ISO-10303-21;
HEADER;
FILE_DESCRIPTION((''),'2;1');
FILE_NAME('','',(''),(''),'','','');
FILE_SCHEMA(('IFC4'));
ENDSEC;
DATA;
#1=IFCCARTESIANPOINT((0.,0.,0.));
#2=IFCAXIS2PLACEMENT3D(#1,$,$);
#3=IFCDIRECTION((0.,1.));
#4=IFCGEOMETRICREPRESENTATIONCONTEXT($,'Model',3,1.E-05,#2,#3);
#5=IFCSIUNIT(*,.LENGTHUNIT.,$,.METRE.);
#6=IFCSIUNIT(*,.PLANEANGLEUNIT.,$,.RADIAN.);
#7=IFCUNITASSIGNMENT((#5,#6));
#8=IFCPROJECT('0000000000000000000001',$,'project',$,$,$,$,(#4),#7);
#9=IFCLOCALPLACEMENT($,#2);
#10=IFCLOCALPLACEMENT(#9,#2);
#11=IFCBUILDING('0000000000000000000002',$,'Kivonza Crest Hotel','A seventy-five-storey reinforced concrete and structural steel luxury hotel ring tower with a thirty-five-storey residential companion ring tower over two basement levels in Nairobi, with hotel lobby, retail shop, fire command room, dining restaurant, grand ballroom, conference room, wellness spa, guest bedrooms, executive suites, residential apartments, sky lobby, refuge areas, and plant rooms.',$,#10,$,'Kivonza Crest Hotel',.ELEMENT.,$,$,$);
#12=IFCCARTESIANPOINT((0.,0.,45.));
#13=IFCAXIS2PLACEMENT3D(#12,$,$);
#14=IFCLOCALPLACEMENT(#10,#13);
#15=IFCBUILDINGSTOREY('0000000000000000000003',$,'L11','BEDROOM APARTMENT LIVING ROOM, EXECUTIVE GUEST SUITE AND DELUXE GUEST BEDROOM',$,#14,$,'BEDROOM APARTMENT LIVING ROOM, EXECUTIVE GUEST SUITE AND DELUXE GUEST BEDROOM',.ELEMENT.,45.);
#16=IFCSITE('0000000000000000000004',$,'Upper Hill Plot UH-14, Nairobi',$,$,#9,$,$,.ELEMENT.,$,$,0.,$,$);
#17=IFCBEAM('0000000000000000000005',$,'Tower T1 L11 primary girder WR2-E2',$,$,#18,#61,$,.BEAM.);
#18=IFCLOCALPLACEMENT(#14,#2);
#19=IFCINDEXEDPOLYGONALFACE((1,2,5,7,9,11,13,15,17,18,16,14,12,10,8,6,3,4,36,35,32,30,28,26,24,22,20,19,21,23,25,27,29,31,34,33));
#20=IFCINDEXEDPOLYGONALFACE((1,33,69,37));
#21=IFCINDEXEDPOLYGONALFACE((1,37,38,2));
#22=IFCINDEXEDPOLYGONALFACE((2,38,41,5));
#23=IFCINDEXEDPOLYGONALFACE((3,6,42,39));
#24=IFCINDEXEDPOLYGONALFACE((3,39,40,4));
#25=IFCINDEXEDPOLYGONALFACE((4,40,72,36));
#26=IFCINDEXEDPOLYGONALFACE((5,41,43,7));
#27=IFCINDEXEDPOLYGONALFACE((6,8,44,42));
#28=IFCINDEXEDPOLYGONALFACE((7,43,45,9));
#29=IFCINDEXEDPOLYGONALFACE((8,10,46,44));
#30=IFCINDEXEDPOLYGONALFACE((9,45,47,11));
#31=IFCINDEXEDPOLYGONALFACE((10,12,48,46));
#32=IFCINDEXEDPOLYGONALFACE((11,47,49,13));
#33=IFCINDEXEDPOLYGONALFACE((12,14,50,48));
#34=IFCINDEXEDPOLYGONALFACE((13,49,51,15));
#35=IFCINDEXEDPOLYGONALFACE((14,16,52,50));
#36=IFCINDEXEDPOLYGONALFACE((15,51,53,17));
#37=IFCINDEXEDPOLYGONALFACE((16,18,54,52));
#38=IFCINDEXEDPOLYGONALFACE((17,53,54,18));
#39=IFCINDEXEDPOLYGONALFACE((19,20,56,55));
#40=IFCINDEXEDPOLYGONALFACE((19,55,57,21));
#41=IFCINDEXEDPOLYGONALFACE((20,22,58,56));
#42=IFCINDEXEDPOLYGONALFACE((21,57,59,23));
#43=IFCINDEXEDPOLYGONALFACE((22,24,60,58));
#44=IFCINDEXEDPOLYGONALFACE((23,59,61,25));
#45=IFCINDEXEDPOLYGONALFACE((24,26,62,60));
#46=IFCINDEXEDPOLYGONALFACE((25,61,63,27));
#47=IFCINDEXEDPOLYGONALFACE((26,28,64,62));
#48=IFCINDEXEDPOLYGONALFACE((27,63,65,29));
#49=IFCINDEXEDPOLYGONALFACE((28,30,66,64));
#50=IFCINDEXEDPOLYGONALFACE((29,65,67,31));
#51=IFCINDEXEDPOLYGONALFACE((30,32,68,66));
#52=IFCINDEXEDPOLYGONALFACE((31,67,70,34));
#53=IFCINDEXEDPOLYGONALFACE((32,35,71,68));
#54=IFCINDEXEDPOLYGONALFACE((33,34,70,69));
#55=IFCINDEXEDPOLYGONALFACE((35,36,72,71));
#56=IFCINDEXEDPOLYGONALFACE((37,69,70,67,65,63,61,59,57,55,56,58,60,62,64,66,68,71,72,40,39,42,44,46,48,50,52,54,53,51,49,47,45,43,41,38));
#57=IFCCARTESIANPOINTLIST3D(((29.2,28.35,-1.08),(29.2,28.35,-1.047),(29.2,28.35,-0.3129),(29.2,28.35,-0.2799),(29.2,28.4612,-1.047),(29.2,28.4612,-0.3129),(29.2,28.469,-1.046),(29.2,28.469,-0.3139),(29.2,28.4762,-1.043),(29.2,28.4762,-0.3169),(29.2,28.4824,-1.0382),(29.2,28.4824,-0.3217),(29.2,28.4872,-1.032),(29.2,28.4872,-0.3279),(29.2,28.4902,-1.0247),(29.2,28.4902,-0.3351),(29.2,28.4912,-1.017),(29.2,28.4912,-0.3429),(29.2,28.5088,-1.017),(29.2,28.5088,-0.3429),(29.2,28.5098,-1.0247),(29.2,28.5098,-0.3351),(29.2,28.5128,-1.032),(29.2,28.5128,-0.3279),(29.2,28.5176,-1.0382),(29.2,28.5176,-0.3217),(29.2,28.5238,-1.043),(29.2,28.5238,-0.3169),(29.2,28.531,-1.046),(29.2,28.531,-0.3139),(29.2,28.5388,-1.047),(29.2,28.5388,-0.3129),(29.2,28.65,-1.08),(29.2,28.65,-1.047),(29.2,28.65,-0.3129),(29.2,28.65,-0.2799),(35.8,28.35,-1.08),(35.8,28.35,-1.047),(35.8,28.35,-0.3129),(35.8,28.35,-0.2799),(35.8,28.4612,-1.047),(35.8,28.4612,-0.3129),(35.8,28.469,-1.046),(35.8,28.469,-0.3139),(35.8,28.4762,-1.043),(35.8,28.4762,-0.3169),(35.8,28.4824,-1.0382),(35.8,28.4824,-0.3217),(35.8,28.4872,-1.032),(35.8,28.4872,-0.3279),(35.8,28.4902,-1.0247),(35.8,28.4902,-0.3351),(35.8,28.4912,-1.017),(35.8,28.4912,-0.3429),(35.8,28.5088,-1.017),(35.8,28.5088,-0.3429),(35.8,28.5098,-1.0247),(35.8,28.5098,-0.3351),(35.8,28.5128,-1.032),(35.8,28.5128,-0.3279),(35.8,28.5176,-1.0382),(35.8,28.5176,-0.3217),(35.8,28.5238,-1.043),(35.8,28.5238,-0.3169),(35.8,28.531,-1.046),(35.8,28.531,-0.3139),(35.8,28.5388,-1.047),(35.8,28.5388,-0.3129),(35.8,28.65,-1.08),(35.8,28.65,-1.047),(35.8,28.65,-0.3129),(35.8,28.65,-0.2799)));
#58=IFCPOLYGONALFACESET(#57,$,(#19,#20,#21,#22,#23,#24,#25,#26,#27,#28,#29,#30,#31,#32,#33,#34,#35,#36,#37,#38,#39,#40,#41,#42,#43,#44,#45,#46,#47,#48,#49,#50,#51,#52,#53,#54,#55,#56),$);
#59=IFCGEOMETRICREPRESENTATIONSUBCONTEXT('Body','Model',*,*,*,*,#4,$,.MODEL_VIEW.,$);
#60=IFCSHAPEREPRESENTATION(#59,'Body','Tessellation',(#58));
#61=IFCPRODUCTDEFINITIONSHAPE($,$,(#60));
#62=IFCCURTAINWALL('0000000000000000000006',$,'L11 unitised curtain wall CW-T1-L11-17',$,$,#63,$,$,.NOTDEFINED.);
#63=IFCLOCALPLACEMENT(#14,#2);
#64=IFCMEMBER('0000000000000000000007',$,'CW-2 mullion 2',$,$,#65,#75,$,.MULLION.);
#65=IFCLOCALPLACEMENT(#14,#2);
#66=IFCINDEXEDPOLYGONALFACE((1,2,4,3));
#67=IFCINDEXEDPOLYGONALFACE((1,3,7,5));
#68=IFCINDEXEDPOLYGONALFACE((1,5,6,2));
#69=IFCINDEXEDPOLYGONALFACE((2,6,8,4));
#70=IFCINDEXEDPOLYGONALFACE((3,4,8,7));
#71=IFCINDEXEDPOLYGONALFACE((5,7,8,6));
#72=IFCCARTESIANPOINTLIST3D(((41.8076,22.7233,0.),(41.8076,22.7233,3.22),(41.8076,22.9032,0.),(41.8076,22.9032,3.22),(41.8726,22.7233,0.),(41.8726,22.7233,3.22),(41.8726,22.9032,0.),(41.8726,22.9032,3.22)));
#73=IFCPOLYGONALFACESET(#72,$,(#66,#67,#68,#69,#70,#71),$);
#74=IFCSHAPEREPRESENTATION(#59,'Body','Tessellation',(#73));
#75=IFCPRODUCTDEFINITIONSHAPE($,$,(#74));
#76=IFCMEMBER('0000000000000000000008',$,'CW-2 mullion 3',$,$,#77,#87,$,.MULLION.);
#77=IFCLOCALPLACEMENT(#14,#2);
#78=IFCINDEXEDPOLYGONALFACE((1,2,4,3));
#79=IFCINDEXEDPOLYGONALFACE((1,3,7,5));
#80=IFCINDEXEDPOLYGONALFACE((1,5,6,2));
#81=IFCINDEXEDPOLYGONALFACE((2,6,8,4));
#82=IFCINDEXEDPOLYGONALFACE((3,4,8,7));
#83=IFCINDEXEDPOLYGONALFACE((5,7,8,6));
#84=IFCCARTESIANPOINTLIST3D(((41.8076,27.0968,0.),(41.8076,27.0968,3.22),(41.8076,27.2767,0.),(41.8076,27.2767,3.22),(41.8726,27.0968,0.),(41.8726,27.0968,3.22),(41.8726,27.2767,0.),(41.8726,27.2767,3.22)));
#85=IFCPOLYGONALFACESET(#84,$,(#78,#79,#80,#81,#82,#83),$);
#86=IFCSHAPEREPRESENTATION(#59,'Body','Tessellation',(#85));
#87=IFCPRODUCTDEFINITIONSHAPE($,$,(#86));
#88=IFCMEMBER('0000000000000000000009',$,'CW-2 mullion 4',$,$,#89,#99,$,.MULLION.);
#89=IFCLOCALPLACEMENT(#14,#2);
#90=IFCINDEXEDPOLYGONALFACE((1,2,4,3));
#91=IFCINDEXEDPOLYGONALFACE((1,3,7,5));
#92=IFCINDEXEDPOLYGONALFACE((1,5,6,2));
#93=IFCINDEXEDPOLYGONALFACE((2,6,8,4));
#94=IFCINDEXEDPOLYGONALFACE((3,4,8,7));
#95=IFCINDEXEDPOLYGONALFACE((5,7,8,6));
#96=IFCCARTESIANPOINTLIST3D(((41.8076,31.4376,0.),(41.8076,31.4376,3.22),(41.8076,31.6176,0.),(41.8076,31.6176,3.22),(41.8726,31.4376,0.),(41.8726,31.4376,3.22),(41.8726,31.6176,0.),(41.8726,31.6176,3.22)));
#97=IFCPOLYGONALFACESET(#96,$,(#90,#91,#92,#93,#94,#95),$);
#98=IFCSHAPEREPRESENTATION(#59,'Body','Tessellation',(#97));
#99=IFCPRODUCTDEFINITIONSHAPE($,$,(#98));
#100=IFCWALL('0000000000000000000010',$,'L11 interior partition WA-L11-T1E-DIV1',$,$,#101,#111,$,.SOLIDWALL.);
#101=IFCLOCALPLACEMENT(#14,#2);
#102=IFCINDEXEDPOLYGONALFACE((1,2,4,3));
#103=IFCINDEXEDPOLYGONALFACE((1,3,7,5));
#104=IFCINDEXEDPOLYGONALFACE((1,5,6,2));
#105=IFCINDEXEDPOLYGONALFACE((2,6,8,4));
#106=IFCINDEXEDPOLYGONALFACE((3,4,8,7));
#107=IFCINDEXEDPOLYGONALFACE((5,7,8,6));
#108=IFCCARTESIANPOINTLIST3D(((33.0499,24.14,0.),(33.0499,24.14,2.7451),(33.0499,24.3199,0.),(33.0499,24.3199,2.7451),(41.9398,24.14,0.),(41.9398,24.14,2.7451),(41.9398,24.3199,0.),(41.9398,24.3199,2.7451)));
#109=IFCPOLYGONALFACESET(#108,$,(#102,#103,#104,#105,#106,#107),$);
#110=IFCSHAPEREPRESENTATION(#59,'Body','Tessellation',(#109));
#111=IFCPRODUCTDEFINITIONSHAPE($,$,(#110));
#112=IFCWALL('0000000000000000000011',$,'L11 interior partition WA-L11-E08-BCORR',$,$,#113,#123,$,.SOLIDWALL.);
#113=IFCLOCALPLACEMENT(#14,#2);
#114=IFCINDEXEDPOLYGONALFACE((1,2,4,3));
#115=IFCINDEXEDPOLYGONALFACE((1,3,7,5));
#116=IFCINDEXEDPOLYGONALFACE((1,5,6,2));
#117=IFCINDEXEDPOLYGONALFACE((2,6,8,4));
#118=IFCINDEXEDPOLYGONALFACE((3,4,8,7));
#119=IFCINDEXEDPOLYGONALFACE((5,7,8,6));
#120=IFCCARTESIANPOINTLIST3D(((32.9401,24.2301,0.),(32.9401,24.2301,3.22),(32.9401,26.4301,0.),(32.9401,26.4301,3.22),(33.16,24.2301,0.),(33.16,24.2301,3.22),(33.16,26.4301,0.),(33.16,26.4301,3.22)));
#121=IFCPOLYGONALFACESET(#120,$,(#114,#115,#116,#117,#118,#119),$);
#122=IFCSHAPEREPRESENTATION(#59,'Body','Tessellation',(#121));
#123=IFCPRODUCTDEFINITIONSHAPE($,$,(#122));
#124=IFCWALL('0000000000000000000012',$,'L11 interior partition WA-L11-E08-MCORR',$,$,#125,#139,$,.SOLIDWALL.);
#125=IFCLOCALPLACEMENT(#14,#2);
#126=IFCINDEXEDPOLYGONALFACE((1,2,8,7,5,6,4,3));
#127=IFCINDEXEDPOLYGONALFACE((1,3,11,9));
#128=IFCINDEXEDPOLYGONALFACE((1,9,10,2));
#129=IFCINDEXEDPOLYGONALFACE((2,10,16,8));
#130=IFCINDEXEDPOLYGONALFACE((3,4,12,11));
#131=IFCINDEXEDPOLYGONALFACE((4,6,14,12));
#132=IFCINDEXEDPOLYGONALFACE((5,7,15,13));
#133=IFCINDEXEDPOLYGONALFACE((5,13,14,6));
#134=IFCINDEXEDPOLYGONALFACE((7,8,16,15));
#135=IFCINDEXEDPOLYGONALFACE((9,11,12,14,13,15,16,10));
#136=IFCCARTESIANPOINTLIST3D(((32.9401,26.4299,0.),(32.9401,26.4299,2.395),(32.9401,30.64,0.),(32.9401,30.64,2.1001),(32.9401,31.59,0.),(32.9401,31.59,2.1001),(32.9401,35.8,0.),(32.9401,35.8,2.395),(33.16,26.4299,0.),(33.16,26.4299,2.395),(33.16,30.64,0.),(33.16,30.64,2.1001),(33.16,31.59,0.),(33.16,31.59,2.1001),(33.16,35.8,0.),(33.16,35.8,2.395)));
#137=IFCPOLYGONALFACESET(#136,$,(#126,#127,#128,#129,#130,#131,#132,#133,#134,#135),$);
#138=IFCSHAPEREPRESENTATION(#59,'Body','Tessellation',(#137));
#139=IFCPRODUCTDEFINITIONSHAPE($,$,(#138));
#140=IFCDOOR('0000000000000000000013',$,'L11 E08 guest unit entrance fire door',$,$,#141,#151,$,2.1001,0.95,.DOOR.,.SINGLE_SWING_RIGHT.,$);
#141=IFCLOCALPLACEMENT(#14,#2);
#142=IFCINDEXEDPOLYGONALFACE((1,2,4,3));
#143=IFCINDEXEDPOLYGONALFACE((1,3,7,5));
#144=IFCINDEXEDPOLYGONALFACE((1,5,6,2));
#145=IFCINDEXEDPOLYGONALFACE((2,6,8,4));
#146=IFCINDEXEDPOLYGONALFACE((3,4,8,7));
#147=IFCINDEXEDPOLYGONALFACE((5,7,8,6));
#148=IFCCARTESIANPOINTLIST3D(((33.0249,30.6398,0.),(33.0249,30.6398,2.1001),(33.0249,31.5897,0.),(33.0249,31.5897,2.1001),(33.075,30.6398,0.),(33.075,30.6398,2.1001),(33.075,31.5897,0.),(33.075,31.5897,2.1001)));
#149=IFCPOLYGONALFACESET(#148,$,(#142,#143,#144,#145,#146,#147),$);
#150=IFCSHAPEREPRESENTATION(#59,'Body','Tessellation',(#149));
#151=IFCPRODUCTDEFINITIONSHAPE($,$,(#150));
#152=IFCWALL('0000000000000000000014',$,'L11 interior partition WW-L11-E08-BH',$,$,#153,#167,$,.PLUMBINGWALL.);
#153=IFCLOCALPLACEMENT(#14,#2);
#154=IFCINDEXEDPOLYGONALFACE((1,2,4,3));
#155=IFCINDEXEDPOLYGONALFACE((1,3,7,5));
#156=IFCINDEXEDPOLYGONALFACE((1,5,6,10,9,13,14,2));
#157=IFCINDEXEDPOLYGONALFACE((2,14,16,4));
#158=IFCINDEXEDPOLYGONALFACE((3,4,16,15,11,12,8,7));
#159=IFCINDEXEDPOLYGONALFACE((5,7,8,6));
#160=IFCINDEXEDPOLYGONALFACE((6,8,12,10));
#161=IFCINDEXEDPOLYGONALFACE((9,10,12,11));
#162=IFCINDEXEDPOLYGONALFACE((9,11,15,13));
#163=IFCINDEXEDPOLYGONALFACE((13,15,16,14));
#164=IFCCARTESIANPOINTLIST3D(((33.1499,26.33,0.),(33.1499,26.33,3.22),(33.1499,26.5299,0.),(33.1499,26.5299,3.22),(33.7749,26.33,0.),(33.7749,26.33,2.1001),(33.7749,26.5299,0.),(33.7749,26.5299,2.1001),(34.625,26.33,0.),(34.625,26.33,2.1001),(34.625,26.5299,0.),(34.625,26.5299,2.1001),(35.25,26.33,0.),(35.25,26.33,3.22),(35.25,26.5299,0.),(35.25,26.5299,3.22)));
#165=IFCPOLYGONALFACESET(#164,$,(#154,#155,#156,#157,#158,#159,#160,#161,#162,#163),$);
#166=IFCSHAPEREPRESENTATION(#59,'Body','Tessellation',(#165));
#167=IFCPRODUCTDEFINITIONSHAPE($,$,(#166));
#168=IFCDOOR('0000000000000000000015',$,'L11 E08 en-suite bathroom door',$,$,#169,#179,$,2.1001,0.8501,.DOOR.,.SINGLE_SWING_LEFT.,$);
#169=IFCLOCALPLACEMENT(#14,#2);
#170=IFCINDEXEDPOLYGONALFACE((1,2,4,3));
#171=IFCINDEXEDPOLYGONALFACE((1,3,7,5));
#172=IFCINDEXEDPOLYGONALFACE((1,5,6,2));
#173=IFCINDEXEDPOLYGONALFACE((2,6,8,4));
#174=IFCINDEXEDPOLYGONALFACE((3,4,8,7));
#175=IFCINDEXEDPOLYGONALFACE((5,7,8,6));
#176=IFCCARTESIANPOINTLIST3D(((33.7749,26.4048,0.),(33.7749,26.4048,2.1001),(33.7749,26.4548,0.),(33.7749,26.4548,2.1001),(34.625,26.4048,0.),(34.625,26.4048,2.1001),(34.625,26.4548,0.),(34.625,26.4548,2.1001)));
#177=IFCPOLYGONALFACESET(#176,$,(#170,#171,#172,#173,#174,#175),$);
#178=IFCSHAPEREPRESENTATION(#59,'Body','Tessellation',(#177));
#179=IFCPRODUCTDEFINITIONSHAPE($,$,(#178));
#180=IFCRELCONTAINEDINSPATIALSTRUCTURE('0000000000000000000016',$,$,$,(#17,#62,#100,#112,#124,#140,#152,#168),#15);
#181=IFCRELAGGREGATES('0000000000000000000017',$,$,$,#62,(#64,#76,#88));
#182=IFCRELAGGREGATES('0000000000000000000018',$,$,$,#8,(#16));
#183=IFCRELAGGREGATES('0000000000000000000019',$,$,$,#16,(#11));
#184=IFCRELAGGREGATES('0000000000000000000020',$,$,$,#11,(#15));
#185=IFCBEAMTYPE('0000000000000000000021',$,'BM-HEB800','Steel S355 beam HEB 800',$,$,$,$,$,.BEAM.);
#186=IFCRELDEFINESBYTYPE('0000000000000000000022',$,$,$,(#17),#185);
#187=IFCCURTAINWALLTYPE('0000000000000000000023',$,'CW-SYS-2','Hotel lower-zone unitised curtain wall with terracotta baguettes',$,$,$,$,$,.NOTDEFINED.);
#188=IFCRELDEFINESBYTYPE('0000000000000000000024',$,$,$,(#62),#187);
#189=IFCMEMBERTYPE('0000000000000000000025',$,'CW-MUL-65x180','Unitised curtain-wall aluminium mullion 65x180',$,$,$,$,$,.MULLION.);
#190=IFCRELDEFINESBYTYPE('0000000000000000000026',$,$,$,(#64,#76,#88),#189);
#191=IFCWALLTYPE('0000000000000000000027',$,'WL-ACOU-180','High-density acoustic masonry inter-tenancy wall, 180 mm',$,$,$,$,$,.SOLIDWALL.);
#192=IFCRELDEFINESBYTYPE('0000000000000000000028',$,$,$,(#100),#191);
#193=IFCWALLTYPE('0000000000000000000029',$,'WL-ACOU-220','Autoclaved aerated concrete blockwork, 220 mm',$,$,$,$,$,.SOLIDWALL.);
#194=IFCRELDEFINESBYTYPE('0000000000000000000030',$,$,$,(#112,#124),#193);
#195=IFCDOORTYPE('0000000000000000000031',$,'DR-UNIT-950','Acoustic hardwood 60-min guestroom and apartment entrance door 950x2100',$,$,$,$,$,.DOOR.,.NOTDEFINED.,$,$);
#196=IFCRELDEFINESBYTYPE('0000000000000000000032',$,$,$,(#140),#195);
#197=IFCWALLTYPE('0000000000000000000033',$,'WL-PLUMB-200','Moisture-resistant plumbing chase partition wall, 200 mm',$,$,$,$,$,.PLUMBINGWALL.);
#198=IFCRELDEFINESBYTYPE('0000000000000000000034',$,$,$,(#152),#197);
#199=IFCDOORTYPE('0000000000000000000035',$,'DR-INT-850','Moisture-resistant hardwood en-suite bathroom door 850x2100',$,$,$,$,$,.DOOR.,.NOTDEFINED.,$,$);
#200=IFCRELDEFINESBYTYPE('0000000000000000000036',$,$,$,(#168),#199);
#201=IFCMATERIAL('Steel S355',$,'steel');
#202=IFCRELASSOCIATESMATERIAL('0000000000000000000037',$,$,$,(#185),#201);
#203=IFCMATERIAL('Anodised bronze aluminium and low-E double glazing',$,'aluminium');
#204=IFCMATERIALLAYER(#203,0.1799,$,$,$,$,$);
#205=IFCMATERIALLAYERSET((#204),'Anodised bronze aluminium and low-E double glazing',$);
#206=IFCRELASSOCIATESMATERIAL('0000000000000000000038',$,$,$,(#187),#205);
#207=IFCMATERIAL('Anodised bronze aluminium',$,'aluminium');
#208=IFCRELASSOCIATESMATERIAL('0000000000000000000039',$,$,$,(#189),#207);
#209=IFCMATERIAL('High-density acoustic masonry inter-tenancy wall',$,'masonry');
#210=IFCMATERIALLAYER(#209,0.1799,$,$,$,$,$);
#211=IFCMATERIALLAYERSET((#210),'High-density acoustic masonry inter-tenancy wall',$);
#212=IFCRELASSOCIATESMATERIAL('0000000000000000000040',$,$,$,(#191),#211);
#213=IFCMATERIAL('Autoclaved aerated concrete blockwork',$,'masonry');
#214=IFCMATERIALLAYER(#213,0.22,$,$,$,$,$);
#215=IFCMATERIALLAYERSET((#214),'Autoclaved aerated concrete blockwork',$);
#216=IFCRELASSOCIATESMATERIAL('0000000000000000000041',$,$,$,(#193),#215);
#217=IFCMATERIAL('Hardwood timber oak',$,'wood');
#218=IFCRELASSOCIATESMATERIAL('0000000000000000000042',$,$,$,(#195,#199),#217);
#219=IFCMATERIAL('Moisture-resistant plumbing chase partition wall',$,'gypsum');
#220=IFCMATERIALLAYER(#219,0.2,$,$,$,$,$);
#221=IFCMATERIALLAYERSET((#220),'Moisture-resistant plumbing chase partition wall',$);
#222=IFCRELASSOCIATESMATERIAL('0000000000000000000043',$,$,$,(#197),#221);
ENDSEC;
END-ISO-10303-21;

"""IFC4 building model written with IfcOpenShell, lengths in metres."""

from ifc_helpers import new_model, si_unit, direction, frame, frame_2d, origin, origin_2d, place, context, subcontext, project, spatial, rectangle, i_section, extrude, material, layer, layer_set, material_profile, profile_set, type_object, element, fill, aggregate, save


model = new_model("IFC4")

# Units and contexts
model_context = context("Model", 3, precision=1e-05, world=origin(), true_north=direction((0.0, 1.0)))
body_context = subcontext(model_context, "Body", "Model", "MODEL_VIEW")
ifc_project = project(units=[si_unit("LENGTHUNIT", "METRE"), si_unit("PLANEANGLEUNIT", "RADIAN")], contexts=[model_context])

# Site, building, storey
site_placement = place(None, origin())
site = spatial("IfcSite", under=ifc_project, at=site_placement, Name="Upper Hill Plot UH-14, Nairobi", CompositionType="ELEMENT", RefElevation=0.0)
building_placement = place(site_placement, origin())
building = spatial("IfcBuilding", under=site, at=building_placement, Name="Kivonza Crest Hotel", Description="A seventy-five-storey reinforced concrete and structural steel luxury hotel ring tower with a thirty-five-storey residential companion ring tower over two basement levels in Nairobi, with hotel lobby, retail shop, fire command room, dining restaurant, grand ballroom, conference room, wellness spa, guest bedrooms, executive suites, residential apartments, sky lobby, refuge areas, and plant rooms.", LongName="Kivonza Crest Hotel", CompositionType="ELEMENT")
storey_placement = place(building_placement, frame((0.0, 0.0, 45.0)))
storey = spatial("IfcBuildingStorey", under=building, at=storey_placement, Name="L11", Description="BEDROOM APARTMENT LIVING ROOM, EXECUTIVE GUEST SUITE AND DELUXE GUEST BEDROOM", LongName="BEDROOM APARTMENT LIVING ROOM, EXECUTIVE GUEST SUITE AND DELUXE GUEST BEDROOM", CompositionType="ELEMENT", Elevation=45.0)

# Beam
ifc_material_1 = material(Name="Steel S355", Category="steel")
ifc_material_profile_1 = material_profile(ifc_material_1, i_section(OverallWidth=0.3, OverallDepth=0.8, WebThickness=0.0176, FlangeThickness=0.033, FilletRadius=0.03, at=origin_2d()), Name="HEB 800")
ifc_profile_set_1 = profile_set([ifc_material_profile_1], Name="Steel S355")
beam_type_1 = type_object("IfcBeamType", Name="BM-HEB800", Description="Steel S355 beam HEB 800", PredefinedType="BEAM", material=ifc_profile_set_1)
beam_1_placement = place(storey_placement, frame((29.2, 28.5, -0.6799), z_axis=(1.0, 0.0, 0.0), x_axis=(0.0, 1.0, 0.0)))
element("IfcBeam", 1, at=beam_1_placement, inside=storey, type_object=beam_type_1, Name="Tower T1 L11 primary girder WR2-E2", PredefinedType="BEAM", context=body_context, shape_type="SweptSolid", body=[
    extrude(i_section(OverallWidth=0.3, OverallDepth=0.8, WebThickness=0.0176, FlangeThickness=0.033, FilletRadius=0.03, at=origin_2d()), origin(), (0.0, 0.0, 1.0), 6.6001),
])

# Curtain wall, members
ifc_material_2 = material(Name="Anodised bronze aluminium and low-E double glazing", Category="aluminium")
ifc_layer_1 = layer(ifc_material_2, 0.1799)
ifc_layer_set_1 = layer_set([ifc_layer_1], Name="Anodised bronze aluminium and low-E double glazing")
curtain_wall_type = type_object("IfcCurtainWallType", Name="CW-SYS-2", Description="Hotel lower-zone unitised curtain wall with terracotta baguettes", PredefinedType="NOTDEFINED", material=ifc_layer_set_1)
curtain_wall_placement = place(storey_placement, origin())
curtain_wall = element("IfcCurtainWall", 2, at=curtain_wall_placement, inside=storey, type_object=curtain_wall_type, Name="L11 unitised curtain wall CW-T1-L11-17", PredefinedType="NOTDEFINED")
ifc_material_3 = material(Name="Anodised bronze aluminium", Category="aluminium")
ifc_material_profile_2 = material_profile(ifc_material_3, rectangle(XDim=0.0649, YDim=0.1799, at=origin_2d()), Name="CW-M 65x180")
ifc_profile_set_2 = profile_set([ifc_material_profile_2], Name="Anodised bronze aluminium")
member_type = type_object("IfcMemberType", Name="CW-MUL-65x180", Description="Unitised curtain-wall aluminium mullion 65x180", PredefinedType="MULLION", material=ifc_profile_set_2)
member_1_placement = place(storey_placement, frame((41.8401, 22.8132, 0.0), z_axis=(0.0, 0.0, 1.0), x_axis=(-1.0, 0.0, 0.0)))
member_1 = element("IfcMember", 3, at=member_1_placement, type_object=member_type, Name="CW-2 mullion 2", PredefinedType="MULLION", context=body_context, shape_type="SweptSolid", body=[
    extrude(rectangle(XDim=0.0649, YDim=0.1799, at=origin_2d()), origin(), (0.0, 0.0, 1.0), 3.22),
])
member_2_placement = place(storey_placement, frame((41.8401, 27.1868, 0.0), z_axis=(0.0, 0.0, 1.0), x_axis=(-1.0, 0.0, 0.0)))
member_2 = element("IfcMember", 4, at=member_2_placement, type_object=member_type, Name="CW-2 mullion 3", PredefinedType="MULLION", context=body_context, shape_type="SweptSolid", body=[
    extrude(rectangle(XDim=0.0649, YDim=0.1799, at=origin_2d()), origin(), (0.0, 0.0, 1.0), 3.22),
])
member_3_placement = place(storey_placement, frame((41.8401, 31.5276, 0.0), z_axis=(0.0, 0.0, 1.0), x_axis=(-1.0, 0.0, 0.0)))
member_3 = element("IfcMember", 5, at=member_3_placement, type_object=member_type, Name="CW-2 mullion 4", PredefinedType="MULLION", context=body_context, shape_type="SweptSolid", body=[
    extrude(rectangle(XDim=0.0649, YDim=0.1799, at=origin_2d()), origin(), (0.0, 0.0, 1.0), 3.22),
])
aggregate(curtain_wall, [member_1, member_2, member_3])

# Walls
ifc_material_4 = material(Name="High-density acoustic masonry inter-tenancy wall", Category="masonry")
ifc_layer_2 = layer(ifc_material_4, 0.1799)
ifc_layer_set_2 = layer_set([ifc_layer_2], Name="High-density acoustic masonry inter-tenancy wall")
wall_type_1 = type_object("IfcWallType", Name="WL-ACOU-180", Description="High-density acoustic masonry inter-tenancy wall, 180 mm", PredefinedType="SOLIDWALL", material=ifc_layer_set_2)
wall_1_placement = place(storey_placement, frame((33.05, 24.23, 0.0), z_axis=(0.0, 0.0, 1.0), x_axis=(1.0, 0.0, 0.0)))
element("IfcWall", 6, at=wall_1_placement, inside=storey, type_object=wall_type_1, Name="L11 interior partition WA-L11-T1E-DIV1", PredefinedType="SOLIDWALL", context=body_context, shape_type="SweptSolid", body=[
    extrude(rectangle(XDim=8.8899, YDim=0.1799, at=frame_2d((4.4448, 0.0))), origin(), (0.0, 0.0, 1.0), 2.7451),
])
ifc_material_5 = material(Name="Autoclaved aerated concrete blockwork", Category="masonry")
ifc_layer_3 = layer(ifc_material_5, 0.22)
ifc_layer_set_3 = layer_set([ifc_layer_3], Name="Autoclaved aerated concrete blockwork")
wall_type_2 = type_object("IfcWallType", Name="WL-ACOU-220", Description="Autoclaved aerated concrete blockwork, 220 mm", PredefinedType="SOLIDWALL", material=ifc_layer_set_3)
wall_2_placement = place(storey_placement, frame((33.05, 24.23, 0.0), z_axis=(0.0, 0.0, 1.0), x_axis=(0.0, 1.0, 0.0)))
element("IfcWall", 7, at=wall_2_placement, inside=storey, type_object=wall_type_2, Name="L11 interior partition WA-L11-E08-BCORR", PredefinedType="SOLIDWALL", context=body_context, shape_type="SweptSolid", body=[
    extrude(rectangle(XDim=2.2, YDim=0.22, at=frame_2d((1.1001, 0.0))), origin(), (0.0, 0.0, 1.0), 3.22),
])

# Walls, openings, doors
wall_3_placement = place(storey_placement, frame((33.05, 26.4299, 0.0), z_axis=(0.0, 0.0, 1.0), x_axis=(0.0, 1.0, 0.0)))
wall_3 = element("IfcWall", 8, at=wall_3_placement, inside=storey, type_object=wall_type_2, Name="L11 interior partition WA-L11-E08-MCORR", PredefinedType="SOLIDWALL", context=body_context, shape_type="SweptSolid", body=[
    extrude(rectangle(XDim=9.3701, YDim=0.22, at=frame_2d((4.6851, 0.0))), origin(), (0.0, 0.0, 1.0), 2.395),
])
opening_1_placement = place(wall_3_placement, frame((4.21, 0.0, 0.0)))
opening_1 = element("IfcOpeningElement", 9, at=opening_1_placement, cuts=wall_3, PredefinedType="OPENING", context=body_context, shape_type="SweptSolid", body=[
    extrude(rectangle(XDim=0.95, YDim=2.1001, at=frame_2d((0.4751, 1.05))), frame((0.0, 0.1201, 0.0), z_axis=(0.0, -1.0, 0.0), x_axis=(1.0, 0.0, 0.0)), (0.0, 0.0, 1.0), 0.24),
])
ifc_material_6 = material(Name="Hardwood timber oak", Category="wood")
door_type_1 = type_object("IfcDoorType", Name="DR-UNIT-950", Description="Acoustic hardwood 60-min guestroom and apartment entrance door 950x2100", OperationType="NOTDEFINED", PredefinedType="DOOR", material=ifc_material_6)
door_1_placement = place(opening_1_placement, frame((0.95, 0.0, 0.0), z_axis=(0.0, 0.0, 1.0), x_axis=(-1.0, 0.0, 0.0)))
door_1 = element("IfcDoor", 10, at=door_1_placement, inside=storey, type_object=door_type_1, Name="L11 E08 guest unit entrance fire door", OperationType="SINGLE_SWING_RIGHT", OverallHeight=2.1001, OverallWidth=0.95, PredefinedType="DOOR", context=body_context, shape_type="SweptSolid", body=[
    extrude(rectangle(XDim=0.95, YDim=2.1001, at=frame_2d((0.4751, 1.05))), frame((0.0, 0.0249, 0.0), z_axis=(0.0, -1.0, 0.0), x_axis=(1.0, 0.0, 0.0)), (0.0, 0.0, 1.0), 0.05),
])
fill(opening_1, door_1)
ifc_material_7 = material(Name="Moisture-resistant plumbing chase partition wall", Category="gypsum")
ifc_layer_4 = layer(ifc_material_7, 0.2)
ifc_layer_set_4 = layer_set([ifc_layer_4], Name="Moisture-resistant plumbing chase partition wall")
wall_type_3 = type_object("IfcWallType", Name="WL-PLUMB-200", Description="Moisture-resistant plumbing chase partition wall, 200 mm", PredefinedType="PLUMBINGWALL", material=ifc_layer_set_4)
wall_4_placement = place(storey_placement, frame((33.1499, 26.4299, 0.0), z_axis=(0.0, 0.0, 1.0), x_axis=(1.0, 0.0, 0.0)))
wall_4 = element("IfcWall", 11, at=wall_4_placement, inside=storey, type_object=wall_type_3, Name="L11 interior partition WW-L11-E08-BH", PredefinedType="PLUMBINGWALL", context=body_context, shape_type="SweptSolid", body=[
    extrude(rectangle(XDim=2.1001, YDim=0.2, at=frame_2d((1.05, 0.0))), origin(), (0.0, 0.0, 1.0), 3.22),
])
opening_2_placement = place(wall_4_placement, frame((0.625, 0.0, 0.0)))
opening_2 = element("IfcOpeningElement", 12, at=opening_2_placement, cuts=wall_4, PredefinedType="OPENING", context=body_context, shape_type="SweptSolid", body=[
    extrude(rectangle(XDim=0.8501, YDim=2.1001, at=frame_2d((0.425, 1.05))), frame((0.0, 0.1099, 0.0), z_axis=(0.0, -1.0, 0.0), x_axis=(1.0, 0.0, 0.0)), (0.0, 0.0, 1.0), 0.22),
])
door_type_2 = type_object("IfcDoorType", Name="DR-INT-850", Description="Moisture-resistant hardwood en-suite bathroom door 850x2100", OperationType="NOTDEFINED", PredefinedType="DOOR", material=ifc_material_6)
door_2_placement = place(opening_2_placement, origin())
door_2 = element("IfcDoor", 13, at=door_2_placement, inside=storey, type_object=door_type_2, Name="L11 E08 en-suite bathroom door", OperationType="SINGLE_SWING_LEFT", OverallHeight=2.1001, OverallWidth=0.8501, PredefinedType="DOOR", context=body_context, shape_type="SweptSolid", body=[
    extrude(rectangle(XDim=0.8501, YDim=2.1001, at=frame_2d((0.425, 1.05))), frame((0.0, 0.0249, 0.0), z_axis=(0.0, -1.0, 0.0), x_axis=(1.0, 0.0, 0.0)), (0.0, 0.0, 1.0), 0.05),
])
fill(opening_2, door_2)

save(model, "model.ifc")
